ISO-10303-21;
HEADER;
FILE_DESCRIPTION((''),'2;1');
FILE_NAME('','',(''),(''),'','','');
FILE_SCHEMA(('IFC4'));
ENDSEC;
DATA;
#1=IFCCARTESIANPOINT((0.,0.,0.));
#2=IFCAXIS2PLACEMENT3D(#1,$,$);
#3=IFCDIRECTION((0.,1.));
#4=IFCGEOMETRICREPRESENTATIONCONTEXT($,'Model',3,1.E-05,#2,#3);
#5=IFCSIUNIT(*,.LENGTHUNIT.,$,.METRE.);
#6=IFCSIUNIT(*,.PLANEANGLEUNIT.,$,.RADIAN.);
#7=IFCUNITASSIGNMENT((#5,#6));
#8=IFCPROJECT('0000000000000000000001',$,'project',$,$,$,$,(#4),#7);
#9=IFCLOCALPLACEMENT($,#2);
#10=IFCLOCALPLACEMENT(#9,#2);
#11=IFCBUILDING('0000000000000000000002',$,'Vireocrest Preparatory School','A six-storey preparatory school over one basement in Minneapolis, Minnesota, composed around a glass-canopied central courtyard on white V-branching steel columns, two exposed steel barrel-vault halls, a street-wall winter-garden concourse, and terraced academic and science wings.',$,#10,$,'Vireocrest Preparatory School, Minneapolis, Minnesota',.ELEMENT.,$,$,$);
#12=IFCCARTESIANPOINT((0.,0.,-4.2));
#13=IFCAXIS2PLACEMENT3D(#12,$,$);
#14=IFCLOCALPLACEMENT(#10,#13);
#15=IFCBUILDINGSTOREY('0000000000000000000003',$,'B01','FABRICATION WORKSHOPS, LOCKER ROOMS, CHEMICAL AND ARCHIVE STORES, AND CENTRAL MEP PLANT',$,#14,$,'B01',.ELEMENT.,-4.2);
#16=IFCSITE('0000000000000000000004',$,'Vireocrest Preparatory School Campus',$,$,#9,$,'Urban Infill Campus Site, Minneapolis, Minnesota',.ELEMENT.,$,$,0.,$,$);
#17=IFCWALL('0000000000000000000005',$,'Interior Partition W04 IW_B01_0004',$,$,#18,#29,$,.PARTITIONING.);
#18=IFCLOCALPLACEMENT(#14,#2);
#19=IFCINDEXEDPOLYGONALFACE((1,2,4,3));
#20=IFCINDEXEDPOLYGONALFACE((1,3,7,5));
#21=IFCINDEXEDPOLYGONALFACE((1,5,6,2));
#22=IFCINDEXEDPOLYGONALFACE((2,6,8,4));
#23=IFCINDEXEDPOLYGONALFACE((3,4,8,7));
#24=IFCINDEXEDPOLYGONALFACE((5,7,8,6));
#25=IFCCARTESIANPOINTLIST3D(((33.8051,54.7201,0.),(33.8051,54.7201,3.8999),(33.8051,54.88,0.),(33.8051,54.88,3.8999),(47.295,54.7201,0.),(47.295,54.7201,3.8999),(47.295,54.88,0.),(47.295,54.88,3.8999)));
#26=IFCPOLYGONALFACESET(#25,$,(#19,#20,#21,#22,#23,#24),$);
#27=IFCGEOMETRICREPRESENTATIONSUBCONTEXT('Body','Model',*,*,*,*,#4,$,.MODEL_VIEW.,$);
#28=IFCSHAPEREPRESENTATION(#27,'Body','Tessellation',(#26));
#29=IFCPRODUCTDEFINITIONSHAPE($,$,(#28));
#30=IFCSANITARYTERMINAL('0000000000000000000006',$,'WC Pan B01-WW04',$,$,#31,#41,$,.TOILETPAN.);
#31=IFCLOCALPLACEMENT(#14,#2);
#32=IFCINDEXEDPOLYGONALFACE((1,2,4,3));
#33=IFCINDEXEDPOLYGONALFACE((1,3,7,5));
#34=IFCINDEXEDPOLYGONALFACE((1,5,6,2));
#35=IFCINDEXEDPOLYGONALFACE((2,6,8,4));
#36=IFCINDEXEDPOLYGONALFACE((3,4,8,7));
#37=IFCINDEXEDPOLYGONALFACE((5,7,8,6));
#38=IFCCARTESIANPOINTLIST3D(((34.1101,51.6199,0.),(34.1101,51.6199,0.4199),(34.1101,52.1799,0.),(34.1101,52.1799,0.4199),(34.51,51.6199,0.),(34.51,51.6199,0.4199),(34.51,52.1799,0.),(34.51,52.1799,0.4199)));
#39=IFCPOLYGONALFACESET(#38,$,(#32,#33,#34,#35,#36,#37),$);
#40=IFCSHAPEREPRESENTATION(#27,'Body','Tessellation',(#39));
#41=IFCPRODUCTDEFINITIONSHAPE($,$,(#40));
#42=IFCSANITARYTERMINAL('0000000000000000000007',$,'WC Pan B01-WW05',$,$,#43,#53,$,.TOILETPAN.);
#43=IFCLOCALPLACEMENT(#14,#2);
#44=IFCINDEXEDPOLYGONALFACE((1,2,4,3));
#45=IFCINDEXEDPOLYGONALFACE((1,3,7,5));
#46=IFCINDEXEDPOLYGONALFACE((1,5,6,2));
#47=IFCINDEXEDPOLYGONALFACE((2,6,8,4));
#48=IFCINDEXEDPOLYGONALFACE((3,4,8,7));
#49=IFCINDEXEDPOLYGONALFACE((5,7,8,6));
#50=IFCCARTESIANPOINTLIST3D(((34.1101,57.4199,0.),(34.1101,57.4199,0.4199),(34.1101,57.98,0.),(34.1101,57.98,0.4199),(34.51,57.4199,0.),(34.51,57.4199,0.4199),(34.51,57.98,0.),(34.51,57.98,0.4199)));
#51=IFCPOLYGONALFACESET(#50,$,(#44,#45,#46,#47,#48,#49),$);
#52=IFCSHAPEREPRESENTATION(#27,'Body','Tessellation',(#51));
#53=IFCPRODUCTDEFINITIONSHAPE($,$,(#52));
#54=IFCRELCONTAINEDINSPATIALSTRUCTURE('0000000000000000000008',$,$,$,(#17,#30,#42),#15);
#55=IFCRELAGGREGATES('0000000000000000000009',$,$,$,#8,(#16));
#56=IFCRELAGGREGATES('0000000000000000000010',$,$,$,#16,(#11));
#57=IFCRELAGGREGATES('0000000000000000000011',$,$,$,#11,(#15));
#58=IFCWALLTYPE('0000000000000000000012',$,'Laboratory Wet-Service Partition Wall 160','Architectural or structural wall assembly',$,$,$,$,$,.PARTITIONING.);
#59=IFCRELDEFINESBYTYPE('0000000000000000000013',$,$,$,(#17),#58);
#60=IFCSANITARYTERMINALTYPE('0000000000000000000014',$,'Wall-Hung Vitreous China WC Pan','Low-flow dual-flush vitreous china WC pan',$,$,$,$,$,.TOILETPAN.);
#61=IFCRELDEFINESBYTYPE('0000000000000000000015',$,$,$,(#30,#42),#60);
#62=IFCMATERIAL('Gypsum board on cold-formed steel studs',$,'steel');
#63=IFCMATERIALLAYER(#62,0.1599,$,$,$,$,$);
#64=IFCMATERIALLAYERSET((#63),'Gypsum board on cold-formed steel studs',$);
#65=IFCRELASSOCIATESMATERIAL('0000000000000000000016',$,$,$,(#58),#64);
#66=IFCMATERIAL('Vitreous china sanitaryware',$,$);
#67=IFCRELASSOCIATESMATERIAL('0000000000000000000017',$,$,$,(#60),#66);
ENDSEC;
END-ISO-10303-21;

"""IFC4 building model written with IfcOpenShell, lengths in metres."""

from ifc_helpers import new_model, si_unit, direction, frame, frame_2d, origin, origin_2d, place, context, subcontext, project, spatial, rectangle, extrude, material, layer, layer_set, type_object, element, save


model = new_model("IFC4")

# Units and contexts
model_context = context("Model", 3, precision=1e-05, world=origin(), true_north=direction((0.0, 1.0)))
body_context = subcontext(model_context, "Body", "Model", "MODEL_VIEW")
ifc_project = project(units=[si_unit("LENGTHUNIT", "METRE"), si_unit("PLANEANGLEUNIT", "RADIAN")], contexts=[model_context])

# Site, building, storey
site_placement = place(None, origin())
site = spatial("IfcSite", under=ifc_project, at=site_placement, Name="Vireocrest Preparatory School Campus", LongName="Urban Infill Campus Site, Minneapolis, Minnesota", CompositionType="ELEMENT", RefElevation=0.0)
building_placement = place(site_placement, origin())
building = spatial("IfcBuilding", under=site, at=building_placement, Name="Vireocrest Preparatory School", Description="A six-storey preparatory school over one basement in Minneapolis, Minnesota, composed around a glass-canopied central courtyard on white V-branching steel columns, two exposed steel barrel-vault halls, a street-wall winter-garden concourse, and terraced academic and science wings.", LongName="Vireocrest Preparatory School, Minneapolis, Minnesota", CompositionType="ELEMENT")
storey_placement = place(building_placement, frame((0.0, 0.0, -4.2)))
storey = spatial("IfcBuildingStorey", under=building, at=storey_placement, Name="B01", Description="FABRICATION WORKSHOPS, LOCKER ROOMS, CHEMICAL AND ARCHIVE STORES, AND CENTRAL MEP PLANT", LongName="B01", CompositionType="ELEMENT", Elevation=-4.2)

# Wall
ifc_material_1 = material(Name="Gypsum board on cold-formed steel studs", Category="steel")
ifc_layer_1 = layer(ifc_material_1, 0.1599)
ifc_layer_set_1 = layer_set([ifc_layer_1], Name="Gypsum board on cold-formed steel studs")
wall_type_1 = type_object("IfcWallType", Name="Laboratory Wet-Service Partition Wall 160", Description="Architectural or structural wall assembly", PredefinedType="PARTITIONING", material=ifc_layer_set_1)
wall_placement = place(storey_placement, frame((33.8049, 54.8, 0.0), z_axis=(0.0, 0.0, 1.0), x_axis=(1.0, 0.0, 0.0)))
element("IfcWall", 1, at=wall_placement, inside=storey, type_object=wall_type_1, Name="Interior Partition W04 IW_B01_0004", PredefinedType="PARTITIONING", context=body_context, shape_type="SweptSolid", body=[
    extrude(rectangle(XDim=13.49, YDim=0.1599, at=frame_2d((6.7451, 0.0))), origin(), (0.0, 0.0, 1.0), 3.8999),
])

# Sanitary terminals
ifc_material_2 = material(Name="Vitreous china sanitaryware")
sanitary_terminal_type = type_object("IfcSanitaryTerminalType", Name="Wall-Hung Vitreous China WC Pan", Description="Low-flow dual-flush vitreous china WC pan", PredefinedType="TOILETPAN", material=ifc_material_2)
for number, where, z_axis, x_axis, name in (
    (2, (34.3101, 51.8999, 0.0), (0.0, 0.0, 1.0), (1.0, 0.0, 0.0), "WC Pan B01-WW04"),
    (3, (34.3101, 57.7, 0.0), (0.0, 0.0, 1.0), (1.0, 0.0, 0.0), "WC Pan B01-WW05"),
):
    element("IfcSanitaryTerminal", number, at=place(storey_placement, frame(where, z_axis=z_axis, x_axis=x_axis)), inside=storey, type_object=sanitary_terminal_type, Name=name, PredefinedType="TOILETPAN", context=body_context, shape_type="SweptSolid", body=[
        extrude(rectangle(XDim=0.3999, YDim=0.5601, at=origin_2d()), origin(), (0.0, 0.0, 1.0), 0.4199),
    ])

save(model, "model.ifc")
